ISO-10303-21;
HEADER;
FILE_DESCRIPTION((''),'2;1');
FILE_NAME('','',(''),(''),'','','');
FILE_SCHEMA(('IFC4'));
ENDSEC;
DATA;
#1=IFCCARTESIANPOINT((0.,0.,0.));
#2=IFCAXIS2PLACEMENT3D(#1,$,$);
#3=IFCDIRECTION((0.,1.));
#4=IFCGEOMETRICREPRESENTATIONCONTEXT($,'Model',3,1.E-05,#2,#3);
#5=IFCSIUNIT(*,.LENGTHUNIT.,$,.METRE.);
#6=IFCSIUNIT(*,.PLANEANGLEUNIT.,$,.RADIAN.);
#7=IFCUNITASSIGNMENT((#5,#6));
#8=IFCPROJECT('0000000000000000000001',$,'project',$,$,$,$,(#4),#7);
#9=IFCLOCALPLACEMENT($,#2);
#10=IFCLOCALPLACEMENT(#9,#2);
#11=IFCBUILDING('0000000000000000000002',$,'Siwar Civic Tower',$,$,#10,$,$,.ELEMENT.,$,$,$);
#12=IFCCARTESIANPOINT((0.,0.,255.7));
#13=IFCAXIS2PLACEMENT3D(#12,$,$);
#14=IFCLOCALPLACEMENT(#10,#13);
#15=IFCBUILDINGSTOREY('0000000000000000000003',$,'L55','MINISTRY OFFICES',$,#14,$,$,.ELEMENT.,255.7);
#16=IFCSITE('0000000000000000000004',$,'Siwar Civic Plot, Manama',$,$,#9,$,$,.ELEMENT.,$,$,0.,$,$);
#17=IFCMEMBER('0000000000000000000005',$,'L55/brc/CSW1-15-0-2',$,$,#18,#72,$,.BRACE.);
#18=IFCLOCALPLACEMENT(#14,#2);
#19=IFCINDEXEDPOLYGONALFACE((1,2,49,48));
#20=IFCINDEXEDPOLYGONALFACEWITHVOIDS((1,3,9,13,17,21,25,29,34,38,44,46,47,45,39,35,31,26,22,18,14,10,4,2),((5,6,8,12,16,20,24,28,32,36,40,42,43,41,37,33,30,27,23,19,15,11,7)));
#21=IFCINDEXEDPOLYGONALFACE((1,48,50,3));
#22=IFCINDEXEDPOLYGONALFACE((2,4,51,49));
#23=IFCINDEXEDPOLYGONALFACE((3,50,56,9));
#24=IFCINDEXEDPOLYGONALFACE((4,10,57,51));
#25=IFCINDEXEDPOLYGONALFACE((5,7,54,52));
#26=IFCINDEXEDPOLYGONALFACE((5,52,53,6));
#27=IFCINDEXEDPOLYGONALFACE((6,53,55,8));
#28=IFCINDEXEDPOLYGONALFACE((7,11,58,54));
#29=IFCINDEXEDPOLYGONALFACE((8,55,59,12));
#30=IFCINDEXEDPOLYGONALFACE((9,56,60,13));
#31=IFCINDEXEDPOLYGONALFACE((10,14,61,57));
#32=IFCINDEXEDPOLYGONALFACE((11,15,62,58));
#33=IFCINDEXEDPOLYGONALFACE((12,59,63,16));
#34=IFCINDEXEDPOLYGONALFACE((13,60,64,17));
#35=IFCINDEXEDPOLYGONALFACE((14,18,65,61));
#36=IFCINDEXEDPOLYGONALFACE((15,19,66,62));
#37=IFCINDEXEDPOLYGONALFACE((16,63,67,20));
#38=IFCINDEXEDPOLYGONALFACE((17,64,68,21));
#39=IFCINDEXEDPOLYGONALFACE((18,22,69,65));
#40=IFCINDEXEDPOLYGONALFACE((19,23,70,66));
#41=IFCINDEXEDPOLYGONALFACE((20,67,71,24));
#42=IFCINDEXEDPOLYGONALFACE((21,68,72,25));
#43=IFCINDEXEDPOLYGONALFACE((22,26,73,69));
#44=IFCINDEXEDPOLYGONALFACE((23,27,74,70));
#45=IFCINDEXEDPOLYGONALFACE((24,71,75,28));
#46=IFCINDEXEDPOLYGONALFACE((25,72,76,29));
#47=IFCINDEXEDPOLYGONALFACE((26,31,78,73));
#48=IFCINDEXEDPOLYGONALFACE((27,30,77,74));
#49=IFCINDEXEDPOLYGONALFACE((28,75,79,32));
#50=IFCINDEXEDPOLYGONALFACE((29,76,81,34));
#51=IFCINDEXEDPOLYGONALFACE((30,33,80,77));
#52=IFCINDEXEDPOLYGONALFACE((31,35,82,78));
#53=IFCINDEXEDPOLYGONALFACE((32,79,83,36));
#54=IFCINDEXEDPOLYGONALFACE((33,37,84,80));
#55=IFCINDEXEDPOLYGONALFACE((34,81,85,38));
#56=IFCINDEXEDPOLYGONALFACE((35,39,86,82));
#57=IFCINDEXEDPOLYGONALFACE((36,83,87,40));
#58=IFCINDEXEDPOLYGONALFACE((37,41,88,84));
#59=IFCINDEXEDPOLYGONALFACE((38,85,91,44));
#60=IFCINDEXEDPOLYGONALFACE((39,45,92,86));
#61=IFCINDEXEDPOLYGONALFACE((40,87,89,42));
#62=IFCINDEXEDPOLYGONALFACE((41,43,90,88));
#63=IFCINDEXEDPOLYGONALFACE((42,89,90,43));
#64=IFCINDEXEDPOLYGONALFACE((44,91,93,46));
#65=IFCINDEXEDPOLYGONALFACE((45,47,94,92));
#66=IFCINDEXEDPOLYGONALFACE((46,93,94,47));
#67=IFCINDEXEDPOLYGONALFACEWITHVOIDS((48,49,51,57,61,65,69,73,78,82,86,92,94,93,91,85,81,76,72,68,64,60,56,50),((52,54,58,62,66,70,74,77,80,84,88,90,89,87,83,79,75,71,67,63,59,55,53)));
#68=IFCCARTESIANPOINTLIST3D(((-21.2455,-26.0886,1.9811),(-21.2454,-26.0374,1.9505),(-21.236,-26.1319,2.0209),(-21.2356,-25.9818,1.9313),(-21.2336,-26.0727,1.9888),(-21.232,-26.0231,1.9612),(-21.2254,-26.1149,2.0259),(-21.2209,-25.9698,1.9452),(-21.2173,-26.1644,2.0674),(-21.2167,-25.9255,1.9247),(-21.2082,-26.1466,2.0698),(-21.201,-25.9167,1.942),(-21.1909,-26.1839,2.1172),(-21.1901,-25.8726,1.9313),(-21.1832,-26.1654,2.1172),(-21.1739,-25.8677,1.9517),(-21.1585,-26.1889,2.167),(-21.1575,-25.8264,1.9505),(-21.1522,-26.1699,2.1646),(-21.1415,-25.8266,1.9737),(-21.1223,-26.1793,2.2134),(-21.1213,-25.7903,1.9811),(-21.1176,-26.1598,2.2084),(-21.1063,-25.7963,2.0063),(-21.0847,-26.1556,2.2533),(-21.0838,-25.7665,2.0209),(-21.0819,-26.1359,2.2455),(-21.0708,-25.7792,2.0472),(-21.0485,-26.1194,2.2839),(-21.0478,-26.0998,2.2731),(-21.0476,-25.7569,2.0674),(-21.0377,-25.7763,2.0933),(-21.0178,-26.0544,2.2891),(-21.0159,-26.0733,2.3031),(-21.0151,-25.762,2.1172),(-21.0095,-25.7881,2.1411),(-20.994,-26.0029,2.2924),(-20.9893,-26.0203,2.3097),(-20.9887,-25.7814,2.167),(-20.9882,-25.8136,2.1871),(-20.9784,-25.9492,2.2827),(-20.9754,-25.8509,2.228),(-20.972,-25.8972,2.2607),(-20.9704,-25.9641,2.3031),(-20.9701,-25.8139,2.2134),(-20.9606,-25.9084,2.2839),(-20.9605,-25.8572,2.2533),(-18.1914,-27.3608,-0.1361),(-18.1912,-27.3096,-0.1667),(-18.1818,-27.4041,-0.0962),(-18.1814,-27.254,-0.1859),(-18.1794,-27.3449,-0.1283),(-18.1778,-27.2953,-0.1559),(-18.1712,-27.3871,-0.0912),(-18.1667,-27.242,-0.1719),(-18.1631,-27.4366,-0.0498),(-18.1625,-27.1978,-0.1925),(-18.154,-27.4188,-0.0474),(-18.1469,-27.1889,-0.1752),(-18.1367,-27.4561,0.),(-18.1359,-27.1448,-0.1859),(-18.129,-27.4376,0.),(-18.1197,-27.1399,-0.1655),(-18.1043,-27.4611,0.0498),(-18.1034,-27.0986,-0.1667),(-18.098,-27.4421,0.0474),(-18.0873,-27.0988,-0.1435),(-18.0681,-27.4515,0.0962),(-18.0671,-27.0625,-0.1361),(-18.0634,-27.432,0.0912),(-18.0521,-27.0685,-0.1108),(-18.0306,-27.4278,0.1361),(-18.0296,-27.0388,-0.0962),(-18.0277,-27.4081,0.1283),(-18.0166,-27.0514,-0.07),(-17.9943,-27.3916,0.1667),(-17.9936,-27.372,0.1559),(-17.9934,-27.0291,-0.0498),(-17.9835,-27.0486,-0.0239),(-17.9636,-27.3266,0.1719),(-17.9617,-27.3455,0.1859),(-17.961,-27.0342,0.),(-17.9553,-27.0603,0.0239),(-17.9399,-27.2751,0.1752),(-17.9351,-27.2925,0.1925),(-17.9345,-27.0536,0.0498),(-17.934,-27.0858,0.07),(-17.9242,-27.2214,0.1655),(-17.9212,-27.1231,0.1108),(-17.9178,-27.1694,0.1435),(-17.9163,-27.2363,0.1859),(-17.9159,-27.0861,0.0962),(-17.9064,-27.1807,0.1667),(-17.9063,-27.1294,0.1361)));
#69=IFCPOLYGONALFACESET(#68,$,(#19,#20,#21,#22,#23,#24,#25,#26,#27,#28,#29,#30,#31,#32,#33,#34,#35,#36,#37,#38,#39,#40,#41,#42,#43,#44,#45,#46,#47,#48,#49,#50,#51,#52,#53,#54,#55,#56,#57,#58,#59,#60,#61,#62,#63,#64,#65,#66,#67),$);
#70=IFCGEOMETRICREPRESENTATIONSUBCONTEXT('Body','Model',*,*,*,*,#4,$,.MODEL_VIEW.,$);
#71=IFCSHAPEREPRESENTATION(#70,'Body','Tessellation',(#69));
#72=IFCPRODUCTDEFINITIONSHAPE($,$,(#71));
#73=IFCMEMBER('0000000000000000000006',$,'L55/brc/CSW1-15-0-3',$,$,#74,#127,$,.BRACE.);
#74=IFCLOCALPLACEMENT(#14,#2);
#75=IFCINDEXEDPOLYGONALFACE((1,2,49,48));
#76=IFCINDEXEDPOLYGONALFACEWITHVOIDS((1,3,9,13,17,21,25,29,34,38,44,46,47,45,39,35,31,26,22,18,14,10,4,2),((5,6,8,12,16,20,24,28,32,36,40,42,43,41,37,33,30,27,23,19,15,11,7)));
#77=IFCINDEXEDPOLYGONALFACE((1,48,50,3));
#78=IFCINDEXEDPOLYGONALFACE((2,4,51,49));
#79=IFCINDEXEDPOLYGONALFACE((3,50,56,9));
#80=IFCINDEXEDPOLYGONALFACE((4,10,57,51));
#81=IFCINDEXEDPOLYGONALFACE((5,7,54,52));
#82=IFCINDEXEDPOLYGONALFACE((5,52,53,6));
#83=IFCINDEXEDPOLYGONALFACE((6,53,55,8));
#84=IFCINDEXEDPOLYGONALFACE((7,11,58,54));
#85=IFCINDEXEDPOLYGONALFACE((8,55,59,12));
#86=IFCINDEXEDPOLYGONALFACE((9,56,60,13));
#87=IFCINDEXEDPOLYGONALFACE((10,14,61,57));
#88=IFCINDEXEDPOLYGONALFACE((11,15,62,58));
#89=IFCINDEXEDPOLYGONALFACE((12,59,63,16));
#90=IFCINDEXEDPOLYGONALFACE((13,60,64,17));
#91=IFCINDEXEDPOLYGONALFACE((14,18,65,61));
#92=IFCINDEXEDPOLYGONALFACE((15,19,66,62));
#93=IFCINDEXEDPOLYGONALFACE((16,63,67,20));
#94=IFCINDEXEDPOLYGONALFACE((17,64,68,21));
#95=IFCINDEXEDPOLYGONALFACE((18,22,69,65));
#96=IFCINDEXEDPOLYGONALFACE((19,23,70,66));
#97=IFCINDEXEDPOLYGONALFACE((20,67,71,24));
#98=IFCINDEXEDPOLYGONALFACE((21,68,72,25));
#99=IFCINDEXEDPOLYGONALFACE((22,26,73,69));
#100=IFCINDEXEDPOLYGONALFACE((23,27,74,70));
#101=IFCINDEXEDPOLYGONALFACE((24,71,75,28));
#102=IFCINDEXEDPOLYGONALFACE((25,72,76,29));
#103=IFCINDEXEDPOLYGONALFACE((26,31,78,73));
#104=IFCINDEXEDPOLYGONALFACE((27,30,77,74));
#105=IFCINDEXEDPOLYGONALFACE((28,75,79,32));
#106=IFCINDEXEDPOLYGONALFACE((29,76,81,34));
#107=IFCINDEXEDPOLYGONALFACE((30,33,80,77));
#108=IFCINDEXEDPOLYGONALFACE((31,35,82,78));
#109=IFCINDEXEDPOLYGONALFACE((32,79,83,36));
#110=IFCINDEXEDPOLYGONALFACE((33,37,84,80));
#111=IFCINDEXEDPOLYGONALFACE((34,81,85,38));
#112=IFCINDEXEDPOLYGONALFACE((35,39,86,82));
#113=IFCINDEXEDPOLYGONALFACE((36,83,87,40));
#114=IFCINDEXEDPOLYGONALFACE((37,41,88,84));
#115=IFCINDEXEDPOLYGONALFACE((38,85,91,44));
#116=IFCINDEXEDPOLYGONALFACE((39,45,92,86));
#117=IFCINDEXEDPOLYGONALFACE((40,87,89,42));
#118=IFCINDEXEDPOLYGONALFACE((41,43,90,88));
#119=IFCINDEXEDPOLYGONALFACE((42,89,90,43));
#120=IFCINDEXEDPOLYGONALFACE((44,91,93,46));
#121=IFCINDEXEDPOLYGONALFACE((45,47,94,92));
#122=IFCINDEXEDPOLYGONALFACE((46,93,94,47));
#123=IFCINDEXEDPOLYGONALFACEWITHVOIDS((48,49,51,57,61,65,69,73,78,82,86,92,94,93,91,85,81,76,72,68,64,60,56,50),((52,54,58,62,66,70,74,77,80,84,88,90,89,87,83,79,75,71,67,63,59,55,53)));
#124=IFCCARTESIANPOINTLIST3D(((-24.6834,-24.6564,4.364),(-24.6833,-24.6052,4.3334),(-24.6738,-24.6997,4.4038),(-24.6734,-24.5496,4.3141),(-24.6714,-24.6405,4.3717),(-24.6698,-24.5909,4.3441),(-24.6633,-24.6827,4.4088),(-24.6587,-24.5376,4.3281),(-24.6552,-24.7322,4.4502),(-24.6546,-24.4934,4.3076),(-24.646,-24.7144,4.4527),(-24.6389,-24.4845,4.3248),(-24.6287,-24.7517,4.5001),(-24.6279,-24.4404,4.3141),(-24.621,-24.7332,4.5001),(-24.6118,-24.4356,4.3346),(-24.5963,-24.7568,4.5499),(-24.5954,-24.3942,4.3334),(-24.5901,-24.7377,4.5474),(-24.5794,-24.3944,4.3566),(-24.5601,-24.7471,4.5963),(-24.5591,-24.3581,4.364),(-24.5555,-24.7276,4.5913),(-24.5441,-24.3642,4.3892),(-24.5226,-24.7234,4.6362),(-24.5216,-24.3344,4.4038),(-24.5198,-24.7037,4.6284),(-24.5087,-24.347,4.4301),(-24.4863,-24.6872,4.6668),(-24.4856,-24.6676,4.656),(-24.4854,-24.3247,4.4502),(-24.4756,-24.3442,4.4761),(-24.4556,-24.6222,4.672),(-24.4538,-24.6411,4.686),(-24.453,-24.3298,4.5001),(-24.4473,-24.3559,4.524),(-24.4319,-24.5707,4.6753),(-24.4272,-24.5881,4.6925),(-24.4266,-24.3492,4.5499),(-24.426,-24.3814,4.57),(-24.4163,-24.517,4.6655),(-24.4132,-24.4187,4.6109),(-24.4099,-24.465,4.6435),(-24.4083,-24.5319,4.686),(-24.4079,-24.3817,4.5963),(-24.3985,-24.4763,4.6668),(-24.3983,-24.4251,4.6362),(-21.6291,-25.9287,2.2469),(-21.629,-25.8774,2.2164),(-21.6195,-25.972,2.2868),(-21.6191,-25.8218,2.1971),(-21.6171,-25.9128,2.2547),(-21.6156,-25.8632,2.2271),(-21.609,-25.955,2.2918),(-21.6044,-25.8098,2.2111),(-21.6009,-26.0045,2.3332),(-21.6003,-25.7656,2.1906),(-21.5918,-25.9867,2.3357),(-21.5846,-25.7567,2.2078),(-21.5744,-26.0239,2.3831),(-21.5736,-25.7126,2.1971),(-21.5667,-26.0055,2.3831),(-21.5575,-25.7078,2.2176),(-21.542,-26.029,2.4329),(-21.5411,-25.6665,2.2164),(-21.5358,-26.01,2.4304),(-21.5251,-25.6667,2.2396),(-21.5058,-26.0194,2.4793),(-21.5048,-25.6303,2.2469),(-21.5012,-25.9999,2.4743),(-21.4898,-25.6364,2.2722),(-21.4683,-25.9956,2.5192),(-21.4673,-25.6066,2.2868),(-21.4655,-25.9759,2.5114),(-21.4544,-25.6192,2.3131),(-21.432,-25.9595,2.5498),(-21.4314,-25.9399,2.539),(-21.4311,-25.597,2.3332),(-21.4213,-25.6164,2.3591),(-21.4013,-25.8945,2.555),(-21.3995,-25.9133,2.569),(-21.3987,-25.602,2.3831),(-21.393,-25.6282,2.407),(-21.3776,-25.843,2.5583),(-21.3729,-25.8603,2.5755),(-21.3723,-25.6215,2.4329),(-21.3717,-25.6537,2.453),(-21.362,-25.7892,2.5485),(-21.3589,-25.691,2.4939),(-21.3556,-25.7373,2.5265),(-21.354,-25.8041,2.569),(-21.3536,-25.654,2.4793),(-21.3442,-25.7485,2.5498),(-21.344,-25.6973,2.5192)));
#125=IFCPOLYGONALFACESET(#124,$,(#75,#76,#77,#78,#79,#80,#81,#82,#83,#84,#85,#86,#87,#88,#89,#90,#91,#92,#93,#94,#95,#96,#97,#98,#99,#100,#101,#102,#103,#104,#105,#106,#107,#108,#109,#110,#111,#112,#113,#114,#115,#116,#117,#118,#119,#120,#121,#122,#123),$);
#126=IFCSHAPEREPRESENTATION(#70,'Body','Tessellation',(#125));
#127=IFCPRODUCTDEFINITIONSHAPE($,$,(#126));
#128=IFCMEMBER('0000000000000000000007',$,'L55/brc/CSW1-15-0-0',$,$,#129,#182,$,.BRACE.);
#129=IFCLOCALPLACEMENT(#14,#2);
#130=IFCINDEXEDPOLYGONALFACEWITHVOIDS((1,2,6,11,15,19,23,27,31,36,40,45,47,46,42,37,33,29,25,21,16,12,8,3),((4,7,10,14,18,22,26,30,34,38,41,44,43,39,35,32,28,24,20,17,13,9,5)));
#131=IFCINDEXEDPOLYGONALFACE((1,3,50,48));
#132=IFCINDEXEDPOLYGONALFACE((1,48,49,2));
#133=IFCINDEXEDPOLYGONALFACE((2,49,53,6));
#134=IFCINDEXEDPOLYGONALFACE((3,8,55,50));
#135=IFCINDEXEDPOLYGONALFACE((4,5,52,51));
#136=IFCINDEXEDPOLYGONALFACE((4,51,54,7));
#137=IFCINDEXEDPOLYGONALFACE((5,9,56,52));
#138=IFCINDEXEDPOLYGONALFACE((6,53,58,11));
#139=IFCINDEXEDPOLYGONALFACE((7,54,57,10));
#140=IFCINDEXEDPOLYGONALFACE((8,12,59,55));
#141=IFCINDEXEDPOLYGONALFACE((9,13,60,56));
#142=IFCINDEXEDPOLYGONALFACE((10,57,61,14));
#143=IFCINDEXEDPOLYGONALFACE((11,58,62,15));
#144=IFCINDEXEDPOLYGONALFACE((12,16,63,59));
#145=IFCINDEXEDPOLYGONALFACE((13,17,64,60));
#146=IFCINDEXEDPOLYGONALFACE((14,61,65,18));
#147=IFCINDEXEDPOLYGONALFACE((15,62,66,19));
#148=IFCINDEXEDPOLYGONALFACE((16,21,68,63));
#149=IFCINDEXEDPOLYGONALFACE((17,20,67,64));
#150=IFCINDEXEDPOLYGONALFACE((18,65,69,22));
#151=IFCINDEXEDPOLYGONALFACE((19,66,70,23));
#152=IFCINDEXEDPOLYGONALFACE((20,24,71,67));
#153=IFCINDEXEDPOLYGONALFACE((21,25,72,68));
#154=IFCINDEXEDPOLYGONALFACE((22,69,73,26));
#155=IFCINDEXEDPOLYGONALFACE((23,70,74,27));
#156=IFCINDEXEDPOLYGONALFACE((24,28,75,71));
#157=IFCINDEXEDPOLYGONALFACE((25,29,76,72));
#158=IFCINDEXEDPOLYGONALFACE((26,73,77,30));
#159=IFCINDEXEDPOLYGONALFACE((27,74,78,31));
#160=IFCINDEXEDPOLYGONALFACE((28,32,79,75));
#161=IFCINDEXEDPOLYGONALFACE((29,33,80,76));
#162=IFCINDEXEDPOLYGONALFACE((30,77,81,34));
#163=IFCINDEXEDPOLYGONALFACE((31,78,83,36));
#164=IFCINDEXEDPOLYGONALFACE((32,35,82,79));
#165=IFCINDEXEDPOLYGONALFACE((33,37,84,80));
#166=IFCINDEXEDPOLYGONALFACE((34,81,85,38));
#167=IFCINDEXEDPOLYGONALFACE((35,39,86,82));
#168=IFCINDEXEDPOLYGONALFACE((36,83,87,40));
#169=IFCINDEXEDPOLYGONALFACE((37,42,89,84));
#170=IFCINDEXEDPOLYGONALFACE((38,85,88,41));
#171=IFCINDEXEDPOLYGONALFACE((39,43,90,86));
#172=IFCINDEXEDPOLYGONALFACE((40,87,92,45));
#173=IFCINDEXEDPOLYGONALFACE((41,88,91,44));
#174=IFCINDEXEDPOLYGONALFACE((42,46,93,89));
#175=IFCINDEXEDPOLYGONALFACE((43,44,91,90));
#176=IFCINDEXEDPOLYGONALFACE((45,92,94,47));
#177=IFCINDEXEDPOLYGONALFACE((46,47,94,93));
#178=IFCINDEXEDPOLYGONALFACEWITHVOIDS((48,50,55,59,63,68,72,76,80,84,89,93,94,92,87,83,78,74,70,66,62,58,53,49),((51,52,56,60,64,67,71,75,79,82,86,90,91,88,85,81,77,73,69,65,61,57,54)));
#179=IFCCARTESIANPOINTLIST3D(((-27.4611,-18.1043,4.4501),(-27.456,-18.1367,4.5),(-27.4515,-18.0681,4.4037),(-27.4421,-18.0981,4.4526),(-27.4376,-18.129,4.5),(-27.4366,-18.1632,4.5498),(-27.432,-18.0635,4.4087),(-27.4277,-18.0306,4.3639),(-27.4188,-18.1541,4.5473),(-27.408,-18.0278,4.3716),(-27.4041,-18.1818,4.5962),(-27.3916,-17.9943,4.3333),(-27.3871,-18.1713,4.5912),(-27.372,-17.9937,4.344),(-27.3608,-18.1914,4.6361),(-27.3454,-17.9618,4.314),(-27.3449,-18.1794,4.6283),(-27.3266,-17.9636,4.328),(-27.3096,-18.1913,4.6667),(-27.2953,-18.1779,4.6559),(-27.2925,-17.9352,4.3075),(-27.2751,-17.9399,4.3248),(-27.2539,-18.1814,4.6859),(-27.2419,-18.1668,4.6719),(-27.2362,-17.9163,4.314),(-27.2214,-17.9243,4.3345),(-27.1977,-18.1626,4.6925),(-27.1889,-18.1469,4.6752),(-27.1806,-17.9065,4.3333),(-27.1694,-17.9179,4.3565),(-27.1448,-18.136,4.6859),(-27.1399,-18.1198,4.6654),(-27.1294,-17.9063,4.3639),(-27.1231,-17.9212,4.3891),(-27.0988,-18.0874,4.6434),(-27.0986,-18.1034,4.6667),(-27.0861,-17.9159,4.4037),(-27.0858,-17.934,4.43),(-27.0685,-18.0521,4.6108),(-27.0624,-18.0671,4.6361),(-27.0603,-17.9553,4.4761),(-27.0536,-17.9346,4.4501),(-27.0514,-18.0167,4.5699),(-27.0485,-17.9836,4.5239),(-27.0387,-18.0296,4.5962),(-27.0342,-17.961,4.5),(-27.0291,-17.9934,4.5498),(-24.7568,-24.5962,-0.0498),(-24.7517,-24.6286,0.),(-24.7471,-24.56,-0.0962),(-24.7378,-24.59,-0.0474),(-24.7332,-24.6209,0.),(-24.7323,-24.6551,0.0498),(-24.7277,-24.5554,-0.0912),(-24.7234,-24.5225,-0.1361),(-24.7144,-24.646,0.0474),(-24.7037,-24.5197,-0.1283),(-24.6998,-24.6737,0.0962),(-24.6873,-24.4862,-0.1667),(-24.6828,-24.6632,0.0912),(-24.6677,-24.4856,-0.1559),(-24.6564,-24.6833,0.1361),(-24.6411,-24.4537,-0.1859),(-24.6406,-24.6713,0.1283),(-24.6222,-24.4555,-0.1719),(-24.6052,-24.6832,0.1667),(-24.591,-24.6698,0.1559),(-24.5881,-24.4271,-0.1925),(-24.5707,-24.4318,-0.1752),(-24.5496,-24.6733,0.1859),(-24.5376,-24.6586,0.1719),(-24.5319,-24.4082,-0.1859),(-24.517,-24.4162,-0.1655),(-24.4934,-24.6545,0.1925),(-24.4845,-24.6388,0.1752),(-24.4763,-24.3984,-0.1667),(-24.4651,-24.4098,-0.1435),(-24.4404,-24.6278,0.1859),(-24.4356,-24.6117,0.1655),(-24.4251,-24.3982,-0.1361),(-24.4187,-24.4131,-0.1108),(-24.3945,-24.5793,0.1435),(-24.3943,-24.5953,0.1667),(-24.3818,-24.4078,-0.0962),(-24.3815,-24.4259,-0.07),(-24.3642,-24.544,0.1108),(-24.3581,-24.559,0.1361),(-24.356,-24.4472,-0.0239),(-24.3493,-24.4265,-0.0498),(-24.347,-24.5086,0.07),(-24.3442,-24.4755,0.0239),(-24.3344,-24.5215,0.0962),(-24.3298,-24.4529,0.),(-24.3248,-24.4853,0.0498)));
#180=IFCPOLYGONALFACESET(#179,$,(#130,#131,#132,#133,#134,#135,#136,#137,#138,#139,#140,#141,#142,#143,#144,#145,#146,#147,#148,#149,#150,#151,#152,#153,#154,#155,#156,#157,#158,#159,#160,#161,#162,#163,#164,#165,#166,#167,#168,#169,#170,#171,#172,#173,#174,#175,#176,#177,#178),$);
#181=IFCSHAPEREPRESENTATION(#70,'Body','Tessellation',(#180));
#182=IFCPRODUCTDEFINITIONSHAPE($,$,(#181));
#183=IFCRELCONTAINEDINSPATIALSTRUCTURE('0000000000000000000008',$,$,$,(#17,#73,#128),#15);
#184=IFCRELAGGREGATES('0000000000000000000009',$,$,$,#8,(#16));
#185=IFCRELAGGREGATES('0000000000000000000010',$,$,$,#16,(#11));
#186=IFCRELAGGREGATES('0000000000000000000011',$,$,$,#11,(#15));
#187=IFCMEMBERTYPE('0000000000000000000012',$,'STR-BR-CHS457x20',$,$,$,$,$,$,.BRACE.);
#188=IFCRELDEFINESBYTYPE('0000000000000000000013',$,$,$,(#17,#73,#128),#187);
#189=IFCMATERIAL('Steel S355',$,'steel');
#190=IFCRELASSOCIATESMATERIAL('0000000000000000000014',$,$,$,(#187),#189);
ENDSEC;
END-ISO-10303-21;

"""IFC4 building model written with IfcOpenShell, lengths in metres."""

from ifc_helpers import new_model, si_unit, direction, frame, origin, origin_2d, place, context, subcontext, project, spatial, hollow_circle, extrude, material, material_profile, profile_set, type_object, element, save


model = new_model("IFC4")

# Units and contexts
model_context = context("Model", 3, precision=1e-05, world=origin(), true_north=direction((0.0, 1.0)))
body_context = subcontext(model_context, "Body", "Model", "MODEL_VIEW")
ifc_project = project(units=[si_unit("LENGTHUNIT", "METRE"), si_unit("PLANEANGLEUNIT", "RADIAN")], contexts=[model_context])

# Site, building, storey
site_placement = place(None, origin())
site = spatial("IfcSite", under=ifc_project, at=site_placement, Name="Siwar Civic Plot, Manama", CompositionType="ELEMENT", RefElevation=0.0)
building_placement = place(site_placement, origin())
building = spatial("IfcBuilding", under=site, at=building_placement, Name="Siwar Civic Tower", CompositionType="ELEMENT")
storey_placement = place(building_placement, frame((0.0, 0.0, 255.7)))
storey = spatial("IfcBuildingStorey", under=building, at=storey_placement, Name="L55", Description="MINISTRY OFFICES", CompositionType="ELEMENT", Elevation=255.7)

# Members
ifc_material_1 = material(Name="Steel S355", Category="steel")
ifc_material_profile_1 = material_profile(ifc_material_1, hollow_circle(Radius=0.2285, WallThickness=0.02, at=origin_2d()), Name="CHS457x20")
ifc_profile_set_1 = profile_set([ifc_material_profile_1], Name="Steel S355")
member_type_1 = type_object("IfcMemberType", Name="STR-BR-CHS457x20", PredefinedType="BRACE", material=ifc_profile_set_1)
for number, where, z_axis, x_axis, name in (
    (1, (-18.0488, -27.2451, 0.0), (-0.777546, 0.323884, 0.538999), (-0.384521, -0.923116, 0.0), "L55/brc/CSW1-15-0-2"),
    (2, (-21.4866, -25.813, 2.3831), (-0.777572, 0.323895, 0.538955), (-0.384521, -0.923116, 0.0), "L55/brc/CSW1-15-0-3"),
):
    element("IfcMember", number, at=place(storey_placement, frame(where, z_axis=z_axis, x_axis=x_axis)), inside=storey, type_object=member_type_1, Name=name, PredefinedType="BRACE", context=body_context, shape_type="SweptSolid", body=[
        extrude(hollow_circle(Radius=0.2285, WallThickness=0.02, at=origin_2d()), origin(), (0.0, 0.0, 1.0), 3.928),
    ])
member_1_placement = place(storey_placement, frame((-24.5408, -24.5408, 0.0), z_axis=(-0.323906, 0.777555, 0.538975), x_axis=(-0.923109, -0.384539, 0.0)))
element("IfcMember", 3, at=member_1_placement, inside=storey, type_object=member_type_1, Name="L55/brc/CSW1-15-0-0", PredefinedType="BRACE", context=body_context, shape_type="SweptSolid", body=[
    extrude(hollow_circle(Radius=0.2285, WallThickness=0.02, at=origin_2d()), origin(), (0.0, 0.0, 1.0), 8.3491),
])

save(model, "model.ifc")
